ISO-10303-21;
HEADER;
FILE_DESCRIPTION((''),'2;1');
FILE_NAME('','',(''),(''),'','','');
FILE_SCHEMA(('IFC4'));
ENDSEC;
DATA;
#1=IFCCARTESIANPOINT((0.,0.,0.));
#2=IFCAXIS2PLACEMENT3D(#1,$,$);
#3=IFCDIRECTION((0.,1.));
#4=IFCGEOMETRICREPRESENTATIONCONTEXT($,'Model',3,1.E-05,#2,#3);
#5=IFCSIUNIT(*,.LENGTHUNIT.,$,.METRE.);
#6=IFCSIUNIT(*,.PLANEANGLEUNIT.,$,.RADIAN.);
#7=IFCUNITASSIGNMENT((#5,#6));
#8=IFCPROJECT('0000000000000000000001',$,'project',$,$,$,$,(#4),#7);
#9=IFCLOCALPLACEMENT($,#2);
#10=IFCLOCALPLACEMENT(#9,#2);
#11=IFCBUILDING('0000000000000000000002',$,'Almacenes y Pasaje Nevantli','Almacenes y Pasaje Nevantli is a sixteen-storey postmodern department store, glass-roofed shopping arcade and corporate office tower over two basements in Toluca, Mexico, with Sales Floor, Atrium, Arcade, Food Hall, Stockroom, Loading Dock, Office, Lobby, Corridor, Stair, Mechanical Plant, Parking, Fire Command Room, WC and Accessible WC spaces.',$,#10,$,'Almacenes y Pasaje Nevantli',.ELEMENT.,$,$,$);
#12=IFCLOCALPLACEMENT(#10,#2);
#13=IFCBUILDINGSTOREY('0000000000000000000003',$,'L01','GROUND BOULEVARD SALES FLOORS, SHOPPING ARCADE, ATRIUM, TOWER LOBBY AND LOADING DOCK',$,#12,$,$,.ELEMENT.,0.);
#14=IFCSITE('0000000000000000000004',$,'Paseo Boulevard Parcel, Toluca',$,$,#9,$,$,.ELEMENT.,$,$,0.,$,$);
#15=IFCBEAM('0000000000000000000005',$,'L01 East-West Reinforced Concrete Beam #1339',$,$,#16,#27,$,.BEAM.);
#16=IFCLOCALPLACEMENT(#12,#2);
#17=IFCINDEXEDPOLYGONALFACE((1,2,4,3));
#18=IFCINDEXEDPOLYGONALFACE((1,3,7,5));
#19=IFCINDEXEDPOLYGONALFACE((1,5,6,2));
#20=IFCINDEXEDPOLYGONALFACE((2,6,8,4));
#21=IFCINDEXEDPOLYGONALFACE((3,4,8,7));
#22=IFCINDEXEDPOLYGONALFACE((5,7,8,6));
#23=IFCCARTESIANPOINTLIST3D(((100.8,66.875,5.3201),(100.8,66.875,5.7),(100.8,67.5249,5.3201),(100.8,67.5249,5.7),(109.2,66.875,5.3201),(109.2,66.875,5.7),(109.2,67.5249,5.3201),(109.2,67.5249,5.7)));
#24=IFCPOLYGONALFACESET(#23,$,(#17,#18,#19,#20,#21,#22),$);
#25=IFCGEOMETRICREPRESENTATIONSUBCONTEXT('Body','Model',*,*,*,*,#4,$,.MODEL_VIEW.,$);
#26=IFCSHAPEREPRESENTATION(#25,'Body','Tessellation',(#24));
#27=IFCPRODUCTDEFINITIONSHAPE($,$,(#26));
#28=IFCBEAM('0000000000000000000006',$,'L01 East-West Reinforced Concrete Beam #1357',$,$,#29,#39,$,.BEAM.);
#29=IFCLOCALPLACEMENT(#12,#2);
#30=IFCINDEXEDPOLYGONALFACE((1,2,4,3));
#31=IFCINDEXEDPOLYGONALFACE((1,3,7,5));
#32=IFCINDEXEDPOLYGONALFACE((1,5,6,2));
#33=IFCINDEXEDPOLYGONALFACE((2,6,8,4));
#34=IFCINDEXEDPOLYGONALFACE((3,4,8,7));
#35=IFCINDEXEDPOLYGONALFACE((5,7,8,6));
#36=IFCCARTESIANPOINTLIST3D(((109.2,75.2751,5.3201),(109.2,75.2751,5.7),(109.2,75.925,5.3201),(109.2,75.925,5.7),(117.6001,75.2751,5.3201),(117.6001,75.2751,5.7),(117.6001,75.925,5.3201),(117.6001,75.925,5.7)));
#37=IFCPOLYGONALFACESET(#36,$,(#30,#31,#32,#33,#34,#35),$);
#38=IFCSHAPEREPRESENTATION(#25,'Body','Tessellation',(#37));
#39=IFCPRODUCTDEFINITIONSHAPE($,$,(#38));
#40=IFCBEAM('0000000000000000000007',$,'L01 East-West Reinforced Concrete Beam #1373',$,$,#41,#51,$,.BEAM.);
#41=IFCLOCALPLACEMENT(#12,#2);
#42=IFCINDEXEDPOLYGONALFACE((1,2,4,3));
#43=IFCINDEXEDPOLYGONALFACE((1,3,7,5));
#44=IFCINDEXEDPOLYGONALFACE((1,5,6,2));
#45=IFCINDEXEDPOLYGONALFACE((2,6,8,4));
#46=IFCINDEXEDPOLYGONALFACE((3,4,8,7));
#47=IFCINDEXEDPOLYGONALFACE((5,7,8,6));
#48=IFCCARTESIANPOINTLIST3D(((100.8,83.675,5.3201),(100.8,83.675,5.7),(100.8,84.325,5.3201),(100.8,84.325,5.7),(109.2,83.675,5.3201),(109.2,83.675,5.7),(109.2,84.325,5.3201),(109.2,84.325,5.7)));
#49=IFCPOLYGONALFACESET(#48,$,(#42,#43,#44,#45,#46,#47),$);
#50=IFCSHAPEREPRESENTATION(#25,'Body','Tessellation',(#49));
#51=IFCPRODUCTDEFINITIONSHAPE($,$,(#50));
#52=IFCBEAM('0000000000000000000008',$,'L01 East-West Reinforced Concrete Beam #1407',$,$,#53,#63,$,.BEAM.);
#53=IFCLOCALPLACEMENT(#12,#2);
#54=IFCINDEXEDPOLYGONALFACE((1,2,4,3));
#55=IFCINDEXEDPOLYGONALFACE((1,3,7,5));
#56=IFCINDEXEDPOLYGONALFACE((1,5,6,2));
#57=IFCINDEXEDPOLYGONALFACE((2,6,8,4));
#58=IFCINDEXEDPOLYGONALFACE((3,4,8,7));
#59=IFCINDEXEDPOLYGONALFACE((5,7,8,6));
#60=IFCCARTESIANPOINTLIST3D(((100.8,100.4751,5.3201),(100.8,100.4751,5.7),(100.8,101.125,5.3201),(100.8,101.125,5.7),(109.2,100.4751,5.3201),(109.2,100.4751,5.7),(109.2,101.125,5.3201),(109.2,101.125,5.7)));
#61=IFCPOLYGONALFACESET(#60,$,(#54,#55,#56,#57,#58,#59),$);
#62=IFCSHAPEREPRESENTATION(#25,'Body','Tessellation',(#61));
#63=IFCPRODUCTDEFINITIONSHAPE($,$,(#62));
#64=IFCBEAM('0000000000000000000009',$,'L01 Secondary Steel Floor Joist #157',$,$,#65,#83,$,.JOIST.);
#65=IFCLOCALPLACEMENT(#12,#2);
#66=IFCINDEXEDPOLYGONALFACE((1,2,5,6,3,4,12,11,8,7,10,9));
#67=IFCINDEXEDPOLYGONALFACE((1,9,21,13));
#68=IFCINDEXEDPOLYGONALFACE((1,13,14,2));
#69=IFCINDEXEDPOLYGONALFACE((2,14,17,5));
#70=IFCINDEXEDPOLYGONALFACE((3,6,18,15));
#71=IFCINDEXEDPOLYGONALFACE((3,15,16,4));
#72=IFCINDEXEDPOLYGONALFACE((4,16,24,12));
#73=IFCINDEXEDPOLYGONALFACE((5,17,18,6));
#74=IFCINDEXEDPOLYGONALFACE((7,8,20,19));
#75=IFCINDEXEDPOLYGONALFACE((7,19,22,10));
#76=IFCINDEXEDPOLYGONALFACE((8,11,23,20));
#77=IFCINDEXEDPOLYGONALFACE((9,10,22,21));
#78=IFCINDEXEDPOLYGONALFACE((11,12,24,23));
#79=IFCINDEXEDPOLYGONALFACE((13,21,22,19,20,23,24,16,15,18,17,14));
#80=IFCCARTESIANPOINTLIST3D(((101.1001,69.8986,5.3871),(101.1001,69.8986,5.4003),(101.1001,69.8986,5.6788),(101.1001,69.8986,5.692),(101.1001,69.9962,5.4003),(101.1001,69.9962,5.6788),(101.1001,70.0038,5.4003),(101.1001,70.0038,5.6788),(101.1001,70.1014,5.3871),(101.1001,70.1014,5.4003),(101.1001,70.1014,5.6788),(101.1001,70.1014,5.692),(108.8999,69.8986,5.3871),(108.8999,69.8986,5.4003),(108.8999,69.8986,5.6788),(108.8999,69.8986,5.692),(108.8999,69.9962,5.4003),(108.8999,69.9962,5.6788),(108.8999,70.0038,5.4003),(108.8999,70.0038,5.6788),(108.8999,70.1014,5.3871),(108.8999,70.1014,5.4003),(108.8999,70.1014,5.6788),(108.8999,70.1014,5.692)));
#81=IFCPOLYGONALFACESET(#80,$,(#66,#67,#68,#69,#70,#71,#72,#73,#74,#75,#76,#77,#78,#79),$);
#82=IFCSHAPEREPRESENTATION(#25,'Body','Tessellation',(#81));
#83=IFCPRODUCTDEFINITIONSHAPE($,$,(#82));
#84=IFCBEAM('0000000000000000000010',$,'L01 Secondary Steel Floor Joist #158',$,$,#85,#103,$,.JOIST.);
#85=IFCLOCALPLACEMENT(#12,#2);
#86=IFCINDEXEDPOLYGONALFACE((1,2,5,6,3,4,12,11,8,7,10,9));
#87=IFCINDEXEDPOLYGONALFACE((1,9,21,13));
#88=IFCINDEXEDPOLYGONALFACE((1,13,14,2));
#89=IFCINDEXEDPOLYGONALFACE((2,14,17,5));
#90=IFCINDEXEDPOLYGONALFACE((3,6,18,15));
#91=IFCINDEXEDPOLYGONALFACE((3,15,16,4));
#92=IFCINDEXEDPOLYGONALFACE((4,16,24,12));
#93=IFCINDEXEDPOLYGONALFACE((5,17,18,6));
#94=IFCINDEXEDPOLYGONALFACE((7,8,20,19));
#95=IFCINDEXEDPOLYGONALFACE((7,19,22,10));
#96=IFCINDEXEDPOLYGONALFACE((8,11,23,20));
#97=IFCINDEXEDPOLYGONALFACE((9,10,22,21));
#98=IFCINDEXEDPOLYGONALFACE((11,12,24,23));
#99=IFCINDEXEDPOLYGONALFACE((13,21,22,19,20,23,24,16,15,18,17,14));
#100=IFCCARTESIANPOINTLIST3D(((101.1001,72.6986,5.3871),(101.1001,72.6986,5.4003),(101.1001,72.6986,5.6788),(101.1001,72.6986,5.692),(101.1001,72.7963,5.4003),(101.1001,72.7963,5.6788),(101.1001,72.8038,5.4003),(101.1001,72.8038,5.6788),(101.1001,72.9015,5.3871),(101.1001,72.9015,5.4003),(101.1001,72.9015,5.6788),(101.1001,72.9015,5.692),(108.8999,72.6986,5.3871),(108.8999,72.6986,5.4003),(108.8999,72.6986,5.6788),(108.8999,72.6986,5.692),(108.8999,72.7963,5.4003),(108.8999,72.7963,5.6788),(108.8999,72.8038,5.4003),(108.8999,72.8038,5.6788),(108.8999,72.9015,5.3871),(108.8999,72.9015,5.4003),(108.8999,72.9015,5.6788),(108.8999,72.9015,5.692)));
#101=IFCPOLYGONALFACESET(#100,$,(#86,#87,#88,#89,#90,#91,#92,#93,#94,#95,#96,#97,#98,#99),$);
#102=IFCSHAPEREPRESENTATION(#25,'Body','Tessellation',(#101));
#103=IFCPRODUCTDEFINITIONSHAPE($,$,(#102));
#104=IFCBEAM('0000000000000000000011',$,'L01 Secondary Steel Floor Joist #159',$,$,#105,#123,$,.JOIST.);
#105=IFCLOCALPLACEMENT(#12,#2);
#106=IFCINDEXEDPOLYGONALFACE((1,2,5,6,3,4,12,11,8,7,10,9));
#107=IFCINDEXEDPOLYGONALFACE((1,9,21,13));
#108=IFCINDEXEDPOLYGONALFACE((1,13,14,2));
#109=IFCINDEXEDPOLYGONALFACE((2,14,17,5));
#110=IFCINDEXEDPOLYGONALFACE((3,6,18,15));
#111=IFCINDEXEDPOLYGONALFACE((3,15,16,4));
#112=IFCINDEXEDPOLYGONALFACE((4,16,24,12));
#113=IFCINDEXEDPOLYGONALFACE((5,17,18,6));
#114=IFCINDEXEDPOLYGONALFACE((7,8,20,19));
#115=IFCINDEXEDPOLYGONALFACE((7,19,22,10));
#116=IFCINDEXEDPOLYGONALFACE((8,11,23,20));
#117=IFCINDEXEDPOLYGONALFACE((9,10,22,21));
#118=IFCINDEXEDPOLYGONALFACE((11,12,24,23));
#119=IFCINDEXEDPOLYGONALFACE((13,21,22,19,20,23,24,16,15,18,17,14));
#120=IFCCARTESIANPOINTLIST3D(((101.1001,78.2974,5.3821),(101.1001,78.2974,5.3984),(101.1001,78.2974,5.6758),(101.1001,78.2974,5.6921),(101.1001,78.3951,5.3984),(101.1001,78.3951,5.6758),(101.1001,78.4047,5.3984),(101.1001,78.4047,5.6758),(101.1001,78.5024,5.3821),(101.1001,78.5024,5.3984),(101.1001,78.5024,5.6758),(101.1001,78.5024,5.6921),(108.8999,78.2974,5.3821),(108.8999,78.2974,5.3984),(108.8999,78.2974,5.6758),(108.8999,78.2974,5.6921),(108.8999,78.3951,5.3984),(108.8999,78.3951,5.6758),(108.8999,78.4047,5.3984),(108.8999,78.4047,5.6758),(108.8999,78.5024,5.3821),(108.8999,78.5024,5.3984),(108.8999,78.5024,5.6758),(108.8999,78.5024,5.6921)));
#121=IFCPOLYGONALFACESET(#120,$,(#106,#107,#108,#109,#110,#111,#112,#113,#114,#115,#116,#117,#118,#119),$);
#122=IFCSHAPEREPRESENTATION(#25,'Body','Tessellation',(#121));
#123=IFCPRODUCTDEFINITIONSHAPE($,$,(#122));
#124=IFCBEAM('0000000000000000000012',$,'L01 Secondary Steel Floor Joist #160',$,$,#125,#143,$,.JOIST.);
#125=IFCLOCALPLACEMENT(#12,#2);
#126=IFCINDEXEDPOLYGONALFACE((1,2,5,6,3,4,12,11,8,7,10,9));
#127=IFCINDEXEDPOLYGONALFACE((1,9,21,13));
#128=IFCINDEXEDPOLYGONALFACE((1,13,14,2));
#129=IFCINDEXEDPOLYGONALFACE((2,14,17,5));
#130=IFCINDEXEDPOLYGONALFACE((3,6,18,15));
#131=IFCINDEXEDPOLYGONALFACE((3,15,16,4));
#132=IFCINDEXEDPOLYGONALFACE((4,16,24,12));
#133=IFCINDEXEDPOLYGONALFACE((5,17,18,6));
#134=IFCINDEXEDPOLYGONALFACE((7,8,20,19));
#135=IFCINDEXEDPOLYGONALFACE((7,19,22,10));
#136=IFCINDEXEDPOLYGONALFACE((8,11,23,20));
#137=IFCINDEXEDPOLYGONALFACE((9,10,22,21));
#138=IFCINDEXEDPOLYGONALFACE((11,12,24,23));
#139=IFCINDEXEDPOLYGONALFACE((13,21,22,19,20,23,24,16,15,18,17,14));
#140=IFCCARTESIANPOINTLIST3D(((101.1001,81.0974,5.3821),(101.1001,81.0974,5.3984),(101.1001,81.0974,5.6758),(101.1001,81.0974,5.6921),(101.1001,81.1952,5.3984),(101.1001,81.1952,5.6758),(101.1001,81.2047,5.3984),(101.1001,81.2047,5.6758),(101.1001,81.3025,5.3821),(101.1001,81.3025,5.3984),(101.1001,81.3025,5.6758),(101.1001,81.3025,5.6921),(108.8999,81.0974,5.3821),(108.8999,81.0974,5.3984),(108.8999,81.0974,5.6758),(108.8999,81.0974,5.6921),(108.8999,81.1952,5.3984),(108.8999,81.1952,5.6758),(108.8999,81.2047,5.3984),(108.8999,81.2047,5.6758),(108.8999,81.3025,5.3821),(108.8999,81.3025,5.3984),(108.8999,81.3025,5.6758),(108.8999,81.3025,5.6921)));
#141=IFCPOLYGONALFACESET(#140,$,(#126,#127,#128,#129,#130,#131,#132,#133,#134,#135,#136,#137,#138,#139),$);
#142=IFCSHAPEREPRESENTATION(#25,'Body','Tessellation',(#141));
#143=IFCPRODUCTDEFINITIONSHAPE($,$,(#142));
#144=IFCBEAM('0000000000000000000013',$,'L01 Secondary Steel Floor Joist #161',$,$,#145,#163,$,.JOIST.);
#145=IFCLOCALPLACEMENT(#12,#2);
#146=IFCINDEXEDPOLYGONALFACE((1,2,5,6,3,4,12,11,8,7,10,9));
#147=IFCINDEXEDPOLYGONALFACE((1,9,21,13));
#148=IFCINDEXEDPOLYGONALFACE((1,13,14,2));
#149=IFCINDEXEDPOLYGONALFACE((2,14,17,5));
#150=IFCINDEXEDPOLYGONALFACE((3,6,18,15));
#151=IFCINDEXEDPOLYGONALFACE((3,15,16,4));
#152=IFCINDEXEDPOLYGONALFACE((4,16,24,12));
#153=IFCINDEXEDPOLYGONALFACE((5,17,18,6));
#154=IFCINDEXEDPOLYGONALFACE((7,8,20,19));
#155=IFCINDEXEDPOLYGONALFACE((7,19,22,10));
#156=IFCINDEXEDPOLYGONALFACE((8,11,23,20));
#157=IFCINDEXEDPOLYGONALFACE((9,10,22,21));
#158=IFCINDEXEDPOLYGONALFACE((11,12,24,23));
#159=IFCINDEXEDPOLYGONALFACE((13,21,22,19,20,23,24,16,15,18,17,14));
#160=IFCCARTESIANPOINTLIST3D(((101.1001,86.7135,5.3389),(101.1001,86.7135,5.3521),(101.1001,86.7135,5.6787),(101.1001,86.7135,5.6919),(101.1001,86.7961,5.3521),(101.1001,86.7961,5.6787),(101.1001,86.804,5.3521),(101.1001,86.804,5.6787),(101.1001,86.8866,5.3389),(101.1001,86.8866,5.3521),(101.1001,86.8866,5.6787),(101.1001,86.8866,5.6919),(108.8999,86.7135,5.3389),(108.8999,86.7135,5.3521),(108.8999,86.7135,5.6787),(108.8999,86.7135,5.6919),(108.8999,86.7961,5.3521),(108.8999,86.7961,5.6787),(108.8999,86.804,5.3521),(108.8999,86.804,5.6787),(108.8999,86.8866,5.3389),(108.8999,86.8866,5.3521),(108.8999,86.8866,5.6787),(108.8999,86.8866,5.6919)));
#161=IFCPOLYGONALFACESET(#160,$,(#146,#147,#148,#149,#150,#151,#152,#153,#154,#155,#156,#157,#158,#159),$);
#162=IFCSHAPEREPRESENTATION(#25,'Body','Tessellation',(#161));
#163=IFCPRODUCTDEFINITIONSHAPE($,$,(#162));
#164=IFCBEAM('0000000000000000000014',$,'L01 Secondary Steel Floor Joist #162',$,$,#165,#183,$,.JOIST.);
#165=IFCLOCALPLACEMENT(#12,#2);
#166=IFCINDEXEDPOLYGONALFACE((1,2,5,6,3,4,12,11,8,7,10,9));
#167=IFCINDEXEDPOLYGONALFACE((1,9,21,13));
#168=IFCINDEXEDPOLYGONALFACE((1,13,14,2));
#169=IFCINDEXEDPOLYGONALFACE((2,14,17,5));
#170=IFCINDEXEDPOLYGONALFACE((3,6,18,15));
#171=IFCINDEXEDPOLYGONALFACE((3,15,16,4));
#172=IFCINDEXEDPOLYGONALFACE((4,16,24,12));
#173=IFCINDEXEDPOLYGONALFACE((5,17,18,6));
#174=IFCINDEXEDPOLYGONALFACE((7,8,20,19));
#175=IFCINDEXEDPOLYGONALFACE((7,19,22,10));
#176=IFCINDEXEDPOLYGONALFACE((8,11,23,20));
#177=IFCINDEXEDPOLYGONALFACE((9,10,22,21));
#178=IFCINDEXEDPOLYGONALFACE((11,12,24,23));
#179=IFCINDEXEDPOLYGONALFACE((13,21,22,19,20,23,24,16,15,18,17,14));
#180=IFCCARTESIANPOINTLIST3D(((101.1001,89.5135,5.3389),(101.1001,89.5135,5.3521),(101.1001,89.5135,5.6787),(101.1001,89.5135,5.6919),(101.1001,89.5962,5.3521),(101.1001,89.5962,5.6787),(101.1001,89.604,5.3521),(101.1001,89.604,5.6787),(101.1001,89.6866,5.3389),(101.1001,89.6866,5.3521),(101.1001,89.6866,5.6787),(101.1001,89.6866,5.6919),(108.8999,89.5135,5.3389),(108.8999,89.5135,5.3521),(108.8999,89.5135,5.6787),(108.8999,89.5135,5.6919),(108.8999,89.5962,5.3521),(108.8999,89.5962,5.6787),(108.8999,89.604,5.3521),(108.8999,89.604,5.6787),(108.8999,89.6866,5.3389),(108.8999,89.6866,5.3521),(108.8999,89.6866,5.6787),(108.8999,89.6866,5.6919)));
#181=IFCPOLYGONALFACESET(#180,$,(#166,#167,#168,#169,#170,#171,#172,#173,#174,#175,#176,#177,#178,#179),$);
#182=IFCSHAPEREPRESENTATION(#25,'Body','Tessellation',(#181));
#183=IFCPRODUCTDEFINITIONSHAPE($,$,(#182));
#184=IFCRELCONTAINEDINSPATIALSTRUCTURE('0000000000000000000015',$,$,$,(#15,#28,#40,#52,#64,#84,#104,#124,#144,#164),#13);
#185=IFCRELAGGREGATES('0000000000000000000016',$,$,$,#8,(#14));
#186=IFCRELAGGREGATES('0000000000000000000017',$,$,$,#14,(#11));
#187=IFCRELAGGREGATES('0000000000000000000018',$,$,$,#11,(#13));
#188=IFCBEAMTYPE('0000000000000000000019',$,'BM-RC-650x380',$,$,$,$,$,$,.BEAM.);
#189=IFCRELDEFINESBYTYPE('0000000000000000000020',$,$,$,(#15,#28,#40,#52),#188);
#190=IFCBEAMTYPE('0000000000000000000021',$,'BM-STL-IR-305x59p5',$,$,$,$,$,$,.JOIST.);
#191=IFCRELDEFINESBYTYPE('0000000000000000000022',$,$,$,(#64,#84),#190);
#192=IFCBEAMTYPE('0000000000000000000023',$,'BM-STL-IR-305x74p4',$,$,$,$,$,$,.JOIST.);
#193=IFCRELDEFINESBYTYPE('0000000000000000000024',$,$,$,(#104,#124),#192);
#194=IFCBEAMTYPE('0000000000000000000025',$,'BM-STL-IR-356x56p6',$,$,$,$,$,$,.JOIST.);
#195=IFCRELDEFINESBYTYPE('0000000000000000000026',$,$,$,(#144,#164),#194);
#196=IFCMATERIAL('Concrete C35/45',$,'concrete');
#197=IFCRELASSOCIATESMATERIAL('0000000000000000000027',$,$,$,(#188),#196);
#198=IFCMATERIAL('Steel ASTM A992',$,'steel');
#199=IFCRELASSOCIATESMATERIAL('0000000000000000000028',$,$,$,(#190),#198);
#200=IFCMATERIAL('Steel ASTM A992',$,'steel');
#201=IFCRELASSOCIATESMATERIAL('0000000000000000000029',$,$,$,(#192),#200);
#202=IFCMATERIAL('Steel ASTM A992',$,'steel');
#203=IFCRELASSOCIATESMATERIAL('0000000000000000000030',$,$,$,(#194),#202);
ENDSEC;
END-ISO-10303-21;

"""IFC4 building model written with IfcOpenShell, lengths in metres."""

from ifc_helpers import new_model, si_unit, direction, frame, origin, origin_2d, place, context, subcontext, project, spatial, rectangle, i_section, extrude, material, material_profile, profile_set, type_object, element, save


model = new_model("IFC4")

# Units and contexts
model_context = context("Model", 3, precision=1e-05, world=origin(), true_north=direction((0.0, 1.0)))
body_context = subcontext(model_context, "Body", "Model", "MODEL_VIEW")
ifc_project = project(units=[si_unit("LENGTHUNIT", "METRE"), si_unit("PLANEANGLEUNIT", "RADIAN")], contexts=[model_context])

# Site, building, storey
site_placement = place(None, origin())
site = spatial("IfcSite", under=ifc_project, at=site_placement, Name="Paseo Boulevard Parcel, Toluca", CompositionType="ELEMENT", RefElevation=0.0)
building_placement = place(site_placement, origin())
building = spatial("IfcBuilding", under=site, at=building_placement, Name="Almacenes y Pasaje Nevantli", Description="Almacenes y Pasaje Nevantli is a sixteen-storey postmodern department store, glass-roofed shopping arcade and corporate office tower over two basements in Toluca, Mexico, with Sales Floor, Atrium, Arcade, Food Hall, Stockroom, Loading Dock, Office, Lobby, Corridor, Stair, Mechanical Plant, Parking, Fire Command Room, WC and Accessible WC spaces.", LongName="Almacenes y Pasaje Nevantli", CompositionType="ELEMENT")
storey_placement = place(building_placement, origin())
storey = spatial("IfcBuildingStorey", under=building, at=storey_placement, Name="L01", Description="GROUND BOULEVARD SALES FLOORS, SHOPPING ARCADE, ATRIUM, TOWER LOBBY AND LOADING DOCK", CompositionType="ELEMENT", Elevation=0.0)

# Beams
ifc_material_1 = material(Name="Concrete C35/45", Category="concrete")
ifc_material_profile_1 = material_profile(ifc_material_1, rectangle(XDim=0.6499, YDim=0.3799, at=origin_2d()), Name="RC-BM-650x380")
ifc_profile_set_1 = profile_set([ifc_material_profile_1], Name="Concrete C35/45")
beam_type_1 = type_object("IfcBeamType", Name="BM-RC-650x380", PredefinedType="BEAM", material=ifc_profile_set_1)
beam_1_placement = place(storey_placement, frame((100.8, 67.2, 5.51), z_axis=(1.0, 0.0, 0.0), x_axis=(0.0, 1.0, 0.0)))
element("IfcBeam", 1, at=beam_1_placement, inside=storey, type_object=beam_type_1, Name="L01 East-West Reinforced Concrete Beam #1339", PredefinedType="BEAM", context=body_context, shape_type="SweptSolid", body=[
    extrude(rectangle(XDim=0.6499, YDim=0.3799, at=origin_2d()), origin(), (0.0, 0.0, 1.0), 8.3999),
])
beam_2_placement = place(storey_placement, frame((109.2, 75.6001, 5.51), z_axis=(1.0, 0.0, 0.0), x_axis=(0.0, 1.0, 0.0)))
element("IfcBeam", 2, at=beam_2_placement, inside=storey, type_object=beam_type_1, Name="L01 East-West Reinforced Concrete Beam #1357", PredefinedType="BEAM", context=body_context, shape_type="SweptSolid", body=[
    extrude(rectangle(XDim=0.6499, YDim=0.3799, at=origin_2d()), origin(), (0.0, 0.0, 1.0), 8.4001),
])
for number, where, z_axis, x_axis, name in (
    (3, (100.8, 84.0, 5.51), (1.0, 0.0, 0.0), (0.0, 1.0, 0.0), "L01 East-West Reinforced Concrete Beam #1373"),
    (4, (100.8, 100.8, 5.51), (1.0, 0.0, 0.0), (0.0, 1.0, 0.0), "L01 East-West Reinforced Concrete Beam #1407"),
):
    element("IfcBeam", number, at=place(storey_placement, frame(where, z_axis=z_axis, x_axis=x_axis)), inside=storey, type_object=beam_type_1, Name=name, PredefinedType="BEAM", context=body_context, shape_type="SweptSolid", body=[
        extrude(rectangle(XDim=0.6499, YDim=0.3799, at=origin_2d()), origin(), (0.0, 0.0, 1.0), 8.3999),
    ])
ifc_material_2 = material(Name="Steel ASTM A992", Category="steel")
ifc_material_profile_2 = material_profile(ifc_material_2, i_section(OverallWidth=0.2029, OverallDepth=0.3049, WebThickness=0.0076, FlangeThickness=0.0132, at=origin_2d()), Name="IR 305x59.5")
ifc_profile_set_2 = profile_set([ifc_material_profile_2], Name="Steel ASTM A992")
beam_type_2 = type_object("IfcBeamType", Name="BM-STL-IR-305x59p5", PredefinedType="JOIST", material=ifc_profile_set_2)
for number, where, z_axis, x_axis, name in (
    (5, (101.1001, 70.0, 5.5396), (1.0, 0.0, 0.0), (0.0, 1.0, 0.0), "L01 Secondary Steel Floor Joist #157"),
    (6, (101.1001, 72.8, 5.5396), (1.0, 0.0, 0.0), (0.0, 1.0, 0.0), "L01 Secondary Steel Floor Joist #158"),
):
    element("IfcBeam", number, at=place(storey_placement, frame(where, z_axis=z_axis, x_axis=x_axis)), inside=storey, type_object=beam_type_2, Name=name, PredefinedType="JOIST", context=body_context, shape_type="SweptSolid", body=[
        extrude(i_section(OverallWidth=0.2029, OverallDepth=0.3049, WebThickness=0.0076, FlangeThickness=0.0132, at=origin_2d()), origin(), (0.0, 0.0, 1.0), 7.7998),
    ])
ifc_material_3 = material(Name="Steel ASTM A992", Category="steel")
ifc_material_profile_3 = material_profile(ifc_material_3, i_section(OverallWidth=0.2051, OverallDepth=0.3101, WebThickness=0.0095, FlangeThickness=0.0164, at=origin_2d()), Name="IR 305x74.4")
ifc_profile_set_3 = profile_set([ifc_material_profile_3], Name="Steel ASTM A992")
beam_type_3 = type_object("IfcBeamType", Name="BM-STL-IR-305x74p4", PredefinedType="JOIST", material=ifc_profile_set_3)
for number, where, z_axis, x_axis, name in (
    (7, (101.1001, 78.3999, 5.5371), (1.0, 0.0, 0.0), (0.0, 1.0, 0.0), "L01 Secondary Steel Floor Joist #159"),
    (8, (101.1001, 81.2, 5.5371), (1.0, 0.0, 0.0), (0.0, 1.0, 0.0), "L01 Secondary Steel Floor Joist #160"),
):
    element("IfcBeam", number, at=place(storey_placement, frame(where, z_axis=z_axis, x_axis=x_axis)), inside=storey, type_object=beam_type_3, Name=name, PredefinedType="JOIST", context=body_context, shape_type="SweptSolid", body=[
        extrude(i_section(OverallWidth=0.2051, OverallDepth=0.3101, WebThickness=0.0095, FlangeThickness=0.0164, at=origin_2d()), origin(), (0.0, 0.0, 1.0), 7.7998),
    ])
ifc_material_4 = material(Name="Steel ASTM A992", Category="steel")
ifc_material_profile_4 = material_profile(ifc_material_4, i_section(OverallWidth=0.1731, OverallDepth=0.353, WebThickness=0.0078, FlangeThickness=0.0132, at=origin_2d()), Name="IR 356x56.6")
ifc_profile_set_4 = profile_set([ifc_material_profile_4], Name="Steel ASTM A992")
beam_type_4 = type_object("IfcBeamType", Name="BM-STL-IR-356x56p6", PredefinedType="JOIST", material=ifc_profile_set_4)
for number, where, z_axis, x_axis, name in (
    (9, (101.1001, 86.8, 5.5154), (1.0, 0.0, 0.0), (0.0, 1.0, 0.0), "L01 Secondary Steel Floor Joist #161"),
    (10, (101.1001, 89.6001, 5.5154), (1.0, 0.0, 0.0), (0.0, 1.0, 0.0), "L01 Secondary Steel Floor Joist #162"),
):
    element("IfcBeam", number, at=place(storey_placement, frame(where, z_axis=z_axis, x_axis=x_axis)), inside=storey, type_object=beam_type_4, Name=name, PredefinedType="JOIST", context=body_context, shape_type="SweptSolid", body=[
        extrude(i_section(OverallWidth=0.1731, OverallDepth=0.353, WebThickness=0.0078, FlangeThickness=0.0132, at=origin_2d()), origin(), (0.0, 0.0, 1.0), 7.7998),
    ])

save(model, "model.ifc")
